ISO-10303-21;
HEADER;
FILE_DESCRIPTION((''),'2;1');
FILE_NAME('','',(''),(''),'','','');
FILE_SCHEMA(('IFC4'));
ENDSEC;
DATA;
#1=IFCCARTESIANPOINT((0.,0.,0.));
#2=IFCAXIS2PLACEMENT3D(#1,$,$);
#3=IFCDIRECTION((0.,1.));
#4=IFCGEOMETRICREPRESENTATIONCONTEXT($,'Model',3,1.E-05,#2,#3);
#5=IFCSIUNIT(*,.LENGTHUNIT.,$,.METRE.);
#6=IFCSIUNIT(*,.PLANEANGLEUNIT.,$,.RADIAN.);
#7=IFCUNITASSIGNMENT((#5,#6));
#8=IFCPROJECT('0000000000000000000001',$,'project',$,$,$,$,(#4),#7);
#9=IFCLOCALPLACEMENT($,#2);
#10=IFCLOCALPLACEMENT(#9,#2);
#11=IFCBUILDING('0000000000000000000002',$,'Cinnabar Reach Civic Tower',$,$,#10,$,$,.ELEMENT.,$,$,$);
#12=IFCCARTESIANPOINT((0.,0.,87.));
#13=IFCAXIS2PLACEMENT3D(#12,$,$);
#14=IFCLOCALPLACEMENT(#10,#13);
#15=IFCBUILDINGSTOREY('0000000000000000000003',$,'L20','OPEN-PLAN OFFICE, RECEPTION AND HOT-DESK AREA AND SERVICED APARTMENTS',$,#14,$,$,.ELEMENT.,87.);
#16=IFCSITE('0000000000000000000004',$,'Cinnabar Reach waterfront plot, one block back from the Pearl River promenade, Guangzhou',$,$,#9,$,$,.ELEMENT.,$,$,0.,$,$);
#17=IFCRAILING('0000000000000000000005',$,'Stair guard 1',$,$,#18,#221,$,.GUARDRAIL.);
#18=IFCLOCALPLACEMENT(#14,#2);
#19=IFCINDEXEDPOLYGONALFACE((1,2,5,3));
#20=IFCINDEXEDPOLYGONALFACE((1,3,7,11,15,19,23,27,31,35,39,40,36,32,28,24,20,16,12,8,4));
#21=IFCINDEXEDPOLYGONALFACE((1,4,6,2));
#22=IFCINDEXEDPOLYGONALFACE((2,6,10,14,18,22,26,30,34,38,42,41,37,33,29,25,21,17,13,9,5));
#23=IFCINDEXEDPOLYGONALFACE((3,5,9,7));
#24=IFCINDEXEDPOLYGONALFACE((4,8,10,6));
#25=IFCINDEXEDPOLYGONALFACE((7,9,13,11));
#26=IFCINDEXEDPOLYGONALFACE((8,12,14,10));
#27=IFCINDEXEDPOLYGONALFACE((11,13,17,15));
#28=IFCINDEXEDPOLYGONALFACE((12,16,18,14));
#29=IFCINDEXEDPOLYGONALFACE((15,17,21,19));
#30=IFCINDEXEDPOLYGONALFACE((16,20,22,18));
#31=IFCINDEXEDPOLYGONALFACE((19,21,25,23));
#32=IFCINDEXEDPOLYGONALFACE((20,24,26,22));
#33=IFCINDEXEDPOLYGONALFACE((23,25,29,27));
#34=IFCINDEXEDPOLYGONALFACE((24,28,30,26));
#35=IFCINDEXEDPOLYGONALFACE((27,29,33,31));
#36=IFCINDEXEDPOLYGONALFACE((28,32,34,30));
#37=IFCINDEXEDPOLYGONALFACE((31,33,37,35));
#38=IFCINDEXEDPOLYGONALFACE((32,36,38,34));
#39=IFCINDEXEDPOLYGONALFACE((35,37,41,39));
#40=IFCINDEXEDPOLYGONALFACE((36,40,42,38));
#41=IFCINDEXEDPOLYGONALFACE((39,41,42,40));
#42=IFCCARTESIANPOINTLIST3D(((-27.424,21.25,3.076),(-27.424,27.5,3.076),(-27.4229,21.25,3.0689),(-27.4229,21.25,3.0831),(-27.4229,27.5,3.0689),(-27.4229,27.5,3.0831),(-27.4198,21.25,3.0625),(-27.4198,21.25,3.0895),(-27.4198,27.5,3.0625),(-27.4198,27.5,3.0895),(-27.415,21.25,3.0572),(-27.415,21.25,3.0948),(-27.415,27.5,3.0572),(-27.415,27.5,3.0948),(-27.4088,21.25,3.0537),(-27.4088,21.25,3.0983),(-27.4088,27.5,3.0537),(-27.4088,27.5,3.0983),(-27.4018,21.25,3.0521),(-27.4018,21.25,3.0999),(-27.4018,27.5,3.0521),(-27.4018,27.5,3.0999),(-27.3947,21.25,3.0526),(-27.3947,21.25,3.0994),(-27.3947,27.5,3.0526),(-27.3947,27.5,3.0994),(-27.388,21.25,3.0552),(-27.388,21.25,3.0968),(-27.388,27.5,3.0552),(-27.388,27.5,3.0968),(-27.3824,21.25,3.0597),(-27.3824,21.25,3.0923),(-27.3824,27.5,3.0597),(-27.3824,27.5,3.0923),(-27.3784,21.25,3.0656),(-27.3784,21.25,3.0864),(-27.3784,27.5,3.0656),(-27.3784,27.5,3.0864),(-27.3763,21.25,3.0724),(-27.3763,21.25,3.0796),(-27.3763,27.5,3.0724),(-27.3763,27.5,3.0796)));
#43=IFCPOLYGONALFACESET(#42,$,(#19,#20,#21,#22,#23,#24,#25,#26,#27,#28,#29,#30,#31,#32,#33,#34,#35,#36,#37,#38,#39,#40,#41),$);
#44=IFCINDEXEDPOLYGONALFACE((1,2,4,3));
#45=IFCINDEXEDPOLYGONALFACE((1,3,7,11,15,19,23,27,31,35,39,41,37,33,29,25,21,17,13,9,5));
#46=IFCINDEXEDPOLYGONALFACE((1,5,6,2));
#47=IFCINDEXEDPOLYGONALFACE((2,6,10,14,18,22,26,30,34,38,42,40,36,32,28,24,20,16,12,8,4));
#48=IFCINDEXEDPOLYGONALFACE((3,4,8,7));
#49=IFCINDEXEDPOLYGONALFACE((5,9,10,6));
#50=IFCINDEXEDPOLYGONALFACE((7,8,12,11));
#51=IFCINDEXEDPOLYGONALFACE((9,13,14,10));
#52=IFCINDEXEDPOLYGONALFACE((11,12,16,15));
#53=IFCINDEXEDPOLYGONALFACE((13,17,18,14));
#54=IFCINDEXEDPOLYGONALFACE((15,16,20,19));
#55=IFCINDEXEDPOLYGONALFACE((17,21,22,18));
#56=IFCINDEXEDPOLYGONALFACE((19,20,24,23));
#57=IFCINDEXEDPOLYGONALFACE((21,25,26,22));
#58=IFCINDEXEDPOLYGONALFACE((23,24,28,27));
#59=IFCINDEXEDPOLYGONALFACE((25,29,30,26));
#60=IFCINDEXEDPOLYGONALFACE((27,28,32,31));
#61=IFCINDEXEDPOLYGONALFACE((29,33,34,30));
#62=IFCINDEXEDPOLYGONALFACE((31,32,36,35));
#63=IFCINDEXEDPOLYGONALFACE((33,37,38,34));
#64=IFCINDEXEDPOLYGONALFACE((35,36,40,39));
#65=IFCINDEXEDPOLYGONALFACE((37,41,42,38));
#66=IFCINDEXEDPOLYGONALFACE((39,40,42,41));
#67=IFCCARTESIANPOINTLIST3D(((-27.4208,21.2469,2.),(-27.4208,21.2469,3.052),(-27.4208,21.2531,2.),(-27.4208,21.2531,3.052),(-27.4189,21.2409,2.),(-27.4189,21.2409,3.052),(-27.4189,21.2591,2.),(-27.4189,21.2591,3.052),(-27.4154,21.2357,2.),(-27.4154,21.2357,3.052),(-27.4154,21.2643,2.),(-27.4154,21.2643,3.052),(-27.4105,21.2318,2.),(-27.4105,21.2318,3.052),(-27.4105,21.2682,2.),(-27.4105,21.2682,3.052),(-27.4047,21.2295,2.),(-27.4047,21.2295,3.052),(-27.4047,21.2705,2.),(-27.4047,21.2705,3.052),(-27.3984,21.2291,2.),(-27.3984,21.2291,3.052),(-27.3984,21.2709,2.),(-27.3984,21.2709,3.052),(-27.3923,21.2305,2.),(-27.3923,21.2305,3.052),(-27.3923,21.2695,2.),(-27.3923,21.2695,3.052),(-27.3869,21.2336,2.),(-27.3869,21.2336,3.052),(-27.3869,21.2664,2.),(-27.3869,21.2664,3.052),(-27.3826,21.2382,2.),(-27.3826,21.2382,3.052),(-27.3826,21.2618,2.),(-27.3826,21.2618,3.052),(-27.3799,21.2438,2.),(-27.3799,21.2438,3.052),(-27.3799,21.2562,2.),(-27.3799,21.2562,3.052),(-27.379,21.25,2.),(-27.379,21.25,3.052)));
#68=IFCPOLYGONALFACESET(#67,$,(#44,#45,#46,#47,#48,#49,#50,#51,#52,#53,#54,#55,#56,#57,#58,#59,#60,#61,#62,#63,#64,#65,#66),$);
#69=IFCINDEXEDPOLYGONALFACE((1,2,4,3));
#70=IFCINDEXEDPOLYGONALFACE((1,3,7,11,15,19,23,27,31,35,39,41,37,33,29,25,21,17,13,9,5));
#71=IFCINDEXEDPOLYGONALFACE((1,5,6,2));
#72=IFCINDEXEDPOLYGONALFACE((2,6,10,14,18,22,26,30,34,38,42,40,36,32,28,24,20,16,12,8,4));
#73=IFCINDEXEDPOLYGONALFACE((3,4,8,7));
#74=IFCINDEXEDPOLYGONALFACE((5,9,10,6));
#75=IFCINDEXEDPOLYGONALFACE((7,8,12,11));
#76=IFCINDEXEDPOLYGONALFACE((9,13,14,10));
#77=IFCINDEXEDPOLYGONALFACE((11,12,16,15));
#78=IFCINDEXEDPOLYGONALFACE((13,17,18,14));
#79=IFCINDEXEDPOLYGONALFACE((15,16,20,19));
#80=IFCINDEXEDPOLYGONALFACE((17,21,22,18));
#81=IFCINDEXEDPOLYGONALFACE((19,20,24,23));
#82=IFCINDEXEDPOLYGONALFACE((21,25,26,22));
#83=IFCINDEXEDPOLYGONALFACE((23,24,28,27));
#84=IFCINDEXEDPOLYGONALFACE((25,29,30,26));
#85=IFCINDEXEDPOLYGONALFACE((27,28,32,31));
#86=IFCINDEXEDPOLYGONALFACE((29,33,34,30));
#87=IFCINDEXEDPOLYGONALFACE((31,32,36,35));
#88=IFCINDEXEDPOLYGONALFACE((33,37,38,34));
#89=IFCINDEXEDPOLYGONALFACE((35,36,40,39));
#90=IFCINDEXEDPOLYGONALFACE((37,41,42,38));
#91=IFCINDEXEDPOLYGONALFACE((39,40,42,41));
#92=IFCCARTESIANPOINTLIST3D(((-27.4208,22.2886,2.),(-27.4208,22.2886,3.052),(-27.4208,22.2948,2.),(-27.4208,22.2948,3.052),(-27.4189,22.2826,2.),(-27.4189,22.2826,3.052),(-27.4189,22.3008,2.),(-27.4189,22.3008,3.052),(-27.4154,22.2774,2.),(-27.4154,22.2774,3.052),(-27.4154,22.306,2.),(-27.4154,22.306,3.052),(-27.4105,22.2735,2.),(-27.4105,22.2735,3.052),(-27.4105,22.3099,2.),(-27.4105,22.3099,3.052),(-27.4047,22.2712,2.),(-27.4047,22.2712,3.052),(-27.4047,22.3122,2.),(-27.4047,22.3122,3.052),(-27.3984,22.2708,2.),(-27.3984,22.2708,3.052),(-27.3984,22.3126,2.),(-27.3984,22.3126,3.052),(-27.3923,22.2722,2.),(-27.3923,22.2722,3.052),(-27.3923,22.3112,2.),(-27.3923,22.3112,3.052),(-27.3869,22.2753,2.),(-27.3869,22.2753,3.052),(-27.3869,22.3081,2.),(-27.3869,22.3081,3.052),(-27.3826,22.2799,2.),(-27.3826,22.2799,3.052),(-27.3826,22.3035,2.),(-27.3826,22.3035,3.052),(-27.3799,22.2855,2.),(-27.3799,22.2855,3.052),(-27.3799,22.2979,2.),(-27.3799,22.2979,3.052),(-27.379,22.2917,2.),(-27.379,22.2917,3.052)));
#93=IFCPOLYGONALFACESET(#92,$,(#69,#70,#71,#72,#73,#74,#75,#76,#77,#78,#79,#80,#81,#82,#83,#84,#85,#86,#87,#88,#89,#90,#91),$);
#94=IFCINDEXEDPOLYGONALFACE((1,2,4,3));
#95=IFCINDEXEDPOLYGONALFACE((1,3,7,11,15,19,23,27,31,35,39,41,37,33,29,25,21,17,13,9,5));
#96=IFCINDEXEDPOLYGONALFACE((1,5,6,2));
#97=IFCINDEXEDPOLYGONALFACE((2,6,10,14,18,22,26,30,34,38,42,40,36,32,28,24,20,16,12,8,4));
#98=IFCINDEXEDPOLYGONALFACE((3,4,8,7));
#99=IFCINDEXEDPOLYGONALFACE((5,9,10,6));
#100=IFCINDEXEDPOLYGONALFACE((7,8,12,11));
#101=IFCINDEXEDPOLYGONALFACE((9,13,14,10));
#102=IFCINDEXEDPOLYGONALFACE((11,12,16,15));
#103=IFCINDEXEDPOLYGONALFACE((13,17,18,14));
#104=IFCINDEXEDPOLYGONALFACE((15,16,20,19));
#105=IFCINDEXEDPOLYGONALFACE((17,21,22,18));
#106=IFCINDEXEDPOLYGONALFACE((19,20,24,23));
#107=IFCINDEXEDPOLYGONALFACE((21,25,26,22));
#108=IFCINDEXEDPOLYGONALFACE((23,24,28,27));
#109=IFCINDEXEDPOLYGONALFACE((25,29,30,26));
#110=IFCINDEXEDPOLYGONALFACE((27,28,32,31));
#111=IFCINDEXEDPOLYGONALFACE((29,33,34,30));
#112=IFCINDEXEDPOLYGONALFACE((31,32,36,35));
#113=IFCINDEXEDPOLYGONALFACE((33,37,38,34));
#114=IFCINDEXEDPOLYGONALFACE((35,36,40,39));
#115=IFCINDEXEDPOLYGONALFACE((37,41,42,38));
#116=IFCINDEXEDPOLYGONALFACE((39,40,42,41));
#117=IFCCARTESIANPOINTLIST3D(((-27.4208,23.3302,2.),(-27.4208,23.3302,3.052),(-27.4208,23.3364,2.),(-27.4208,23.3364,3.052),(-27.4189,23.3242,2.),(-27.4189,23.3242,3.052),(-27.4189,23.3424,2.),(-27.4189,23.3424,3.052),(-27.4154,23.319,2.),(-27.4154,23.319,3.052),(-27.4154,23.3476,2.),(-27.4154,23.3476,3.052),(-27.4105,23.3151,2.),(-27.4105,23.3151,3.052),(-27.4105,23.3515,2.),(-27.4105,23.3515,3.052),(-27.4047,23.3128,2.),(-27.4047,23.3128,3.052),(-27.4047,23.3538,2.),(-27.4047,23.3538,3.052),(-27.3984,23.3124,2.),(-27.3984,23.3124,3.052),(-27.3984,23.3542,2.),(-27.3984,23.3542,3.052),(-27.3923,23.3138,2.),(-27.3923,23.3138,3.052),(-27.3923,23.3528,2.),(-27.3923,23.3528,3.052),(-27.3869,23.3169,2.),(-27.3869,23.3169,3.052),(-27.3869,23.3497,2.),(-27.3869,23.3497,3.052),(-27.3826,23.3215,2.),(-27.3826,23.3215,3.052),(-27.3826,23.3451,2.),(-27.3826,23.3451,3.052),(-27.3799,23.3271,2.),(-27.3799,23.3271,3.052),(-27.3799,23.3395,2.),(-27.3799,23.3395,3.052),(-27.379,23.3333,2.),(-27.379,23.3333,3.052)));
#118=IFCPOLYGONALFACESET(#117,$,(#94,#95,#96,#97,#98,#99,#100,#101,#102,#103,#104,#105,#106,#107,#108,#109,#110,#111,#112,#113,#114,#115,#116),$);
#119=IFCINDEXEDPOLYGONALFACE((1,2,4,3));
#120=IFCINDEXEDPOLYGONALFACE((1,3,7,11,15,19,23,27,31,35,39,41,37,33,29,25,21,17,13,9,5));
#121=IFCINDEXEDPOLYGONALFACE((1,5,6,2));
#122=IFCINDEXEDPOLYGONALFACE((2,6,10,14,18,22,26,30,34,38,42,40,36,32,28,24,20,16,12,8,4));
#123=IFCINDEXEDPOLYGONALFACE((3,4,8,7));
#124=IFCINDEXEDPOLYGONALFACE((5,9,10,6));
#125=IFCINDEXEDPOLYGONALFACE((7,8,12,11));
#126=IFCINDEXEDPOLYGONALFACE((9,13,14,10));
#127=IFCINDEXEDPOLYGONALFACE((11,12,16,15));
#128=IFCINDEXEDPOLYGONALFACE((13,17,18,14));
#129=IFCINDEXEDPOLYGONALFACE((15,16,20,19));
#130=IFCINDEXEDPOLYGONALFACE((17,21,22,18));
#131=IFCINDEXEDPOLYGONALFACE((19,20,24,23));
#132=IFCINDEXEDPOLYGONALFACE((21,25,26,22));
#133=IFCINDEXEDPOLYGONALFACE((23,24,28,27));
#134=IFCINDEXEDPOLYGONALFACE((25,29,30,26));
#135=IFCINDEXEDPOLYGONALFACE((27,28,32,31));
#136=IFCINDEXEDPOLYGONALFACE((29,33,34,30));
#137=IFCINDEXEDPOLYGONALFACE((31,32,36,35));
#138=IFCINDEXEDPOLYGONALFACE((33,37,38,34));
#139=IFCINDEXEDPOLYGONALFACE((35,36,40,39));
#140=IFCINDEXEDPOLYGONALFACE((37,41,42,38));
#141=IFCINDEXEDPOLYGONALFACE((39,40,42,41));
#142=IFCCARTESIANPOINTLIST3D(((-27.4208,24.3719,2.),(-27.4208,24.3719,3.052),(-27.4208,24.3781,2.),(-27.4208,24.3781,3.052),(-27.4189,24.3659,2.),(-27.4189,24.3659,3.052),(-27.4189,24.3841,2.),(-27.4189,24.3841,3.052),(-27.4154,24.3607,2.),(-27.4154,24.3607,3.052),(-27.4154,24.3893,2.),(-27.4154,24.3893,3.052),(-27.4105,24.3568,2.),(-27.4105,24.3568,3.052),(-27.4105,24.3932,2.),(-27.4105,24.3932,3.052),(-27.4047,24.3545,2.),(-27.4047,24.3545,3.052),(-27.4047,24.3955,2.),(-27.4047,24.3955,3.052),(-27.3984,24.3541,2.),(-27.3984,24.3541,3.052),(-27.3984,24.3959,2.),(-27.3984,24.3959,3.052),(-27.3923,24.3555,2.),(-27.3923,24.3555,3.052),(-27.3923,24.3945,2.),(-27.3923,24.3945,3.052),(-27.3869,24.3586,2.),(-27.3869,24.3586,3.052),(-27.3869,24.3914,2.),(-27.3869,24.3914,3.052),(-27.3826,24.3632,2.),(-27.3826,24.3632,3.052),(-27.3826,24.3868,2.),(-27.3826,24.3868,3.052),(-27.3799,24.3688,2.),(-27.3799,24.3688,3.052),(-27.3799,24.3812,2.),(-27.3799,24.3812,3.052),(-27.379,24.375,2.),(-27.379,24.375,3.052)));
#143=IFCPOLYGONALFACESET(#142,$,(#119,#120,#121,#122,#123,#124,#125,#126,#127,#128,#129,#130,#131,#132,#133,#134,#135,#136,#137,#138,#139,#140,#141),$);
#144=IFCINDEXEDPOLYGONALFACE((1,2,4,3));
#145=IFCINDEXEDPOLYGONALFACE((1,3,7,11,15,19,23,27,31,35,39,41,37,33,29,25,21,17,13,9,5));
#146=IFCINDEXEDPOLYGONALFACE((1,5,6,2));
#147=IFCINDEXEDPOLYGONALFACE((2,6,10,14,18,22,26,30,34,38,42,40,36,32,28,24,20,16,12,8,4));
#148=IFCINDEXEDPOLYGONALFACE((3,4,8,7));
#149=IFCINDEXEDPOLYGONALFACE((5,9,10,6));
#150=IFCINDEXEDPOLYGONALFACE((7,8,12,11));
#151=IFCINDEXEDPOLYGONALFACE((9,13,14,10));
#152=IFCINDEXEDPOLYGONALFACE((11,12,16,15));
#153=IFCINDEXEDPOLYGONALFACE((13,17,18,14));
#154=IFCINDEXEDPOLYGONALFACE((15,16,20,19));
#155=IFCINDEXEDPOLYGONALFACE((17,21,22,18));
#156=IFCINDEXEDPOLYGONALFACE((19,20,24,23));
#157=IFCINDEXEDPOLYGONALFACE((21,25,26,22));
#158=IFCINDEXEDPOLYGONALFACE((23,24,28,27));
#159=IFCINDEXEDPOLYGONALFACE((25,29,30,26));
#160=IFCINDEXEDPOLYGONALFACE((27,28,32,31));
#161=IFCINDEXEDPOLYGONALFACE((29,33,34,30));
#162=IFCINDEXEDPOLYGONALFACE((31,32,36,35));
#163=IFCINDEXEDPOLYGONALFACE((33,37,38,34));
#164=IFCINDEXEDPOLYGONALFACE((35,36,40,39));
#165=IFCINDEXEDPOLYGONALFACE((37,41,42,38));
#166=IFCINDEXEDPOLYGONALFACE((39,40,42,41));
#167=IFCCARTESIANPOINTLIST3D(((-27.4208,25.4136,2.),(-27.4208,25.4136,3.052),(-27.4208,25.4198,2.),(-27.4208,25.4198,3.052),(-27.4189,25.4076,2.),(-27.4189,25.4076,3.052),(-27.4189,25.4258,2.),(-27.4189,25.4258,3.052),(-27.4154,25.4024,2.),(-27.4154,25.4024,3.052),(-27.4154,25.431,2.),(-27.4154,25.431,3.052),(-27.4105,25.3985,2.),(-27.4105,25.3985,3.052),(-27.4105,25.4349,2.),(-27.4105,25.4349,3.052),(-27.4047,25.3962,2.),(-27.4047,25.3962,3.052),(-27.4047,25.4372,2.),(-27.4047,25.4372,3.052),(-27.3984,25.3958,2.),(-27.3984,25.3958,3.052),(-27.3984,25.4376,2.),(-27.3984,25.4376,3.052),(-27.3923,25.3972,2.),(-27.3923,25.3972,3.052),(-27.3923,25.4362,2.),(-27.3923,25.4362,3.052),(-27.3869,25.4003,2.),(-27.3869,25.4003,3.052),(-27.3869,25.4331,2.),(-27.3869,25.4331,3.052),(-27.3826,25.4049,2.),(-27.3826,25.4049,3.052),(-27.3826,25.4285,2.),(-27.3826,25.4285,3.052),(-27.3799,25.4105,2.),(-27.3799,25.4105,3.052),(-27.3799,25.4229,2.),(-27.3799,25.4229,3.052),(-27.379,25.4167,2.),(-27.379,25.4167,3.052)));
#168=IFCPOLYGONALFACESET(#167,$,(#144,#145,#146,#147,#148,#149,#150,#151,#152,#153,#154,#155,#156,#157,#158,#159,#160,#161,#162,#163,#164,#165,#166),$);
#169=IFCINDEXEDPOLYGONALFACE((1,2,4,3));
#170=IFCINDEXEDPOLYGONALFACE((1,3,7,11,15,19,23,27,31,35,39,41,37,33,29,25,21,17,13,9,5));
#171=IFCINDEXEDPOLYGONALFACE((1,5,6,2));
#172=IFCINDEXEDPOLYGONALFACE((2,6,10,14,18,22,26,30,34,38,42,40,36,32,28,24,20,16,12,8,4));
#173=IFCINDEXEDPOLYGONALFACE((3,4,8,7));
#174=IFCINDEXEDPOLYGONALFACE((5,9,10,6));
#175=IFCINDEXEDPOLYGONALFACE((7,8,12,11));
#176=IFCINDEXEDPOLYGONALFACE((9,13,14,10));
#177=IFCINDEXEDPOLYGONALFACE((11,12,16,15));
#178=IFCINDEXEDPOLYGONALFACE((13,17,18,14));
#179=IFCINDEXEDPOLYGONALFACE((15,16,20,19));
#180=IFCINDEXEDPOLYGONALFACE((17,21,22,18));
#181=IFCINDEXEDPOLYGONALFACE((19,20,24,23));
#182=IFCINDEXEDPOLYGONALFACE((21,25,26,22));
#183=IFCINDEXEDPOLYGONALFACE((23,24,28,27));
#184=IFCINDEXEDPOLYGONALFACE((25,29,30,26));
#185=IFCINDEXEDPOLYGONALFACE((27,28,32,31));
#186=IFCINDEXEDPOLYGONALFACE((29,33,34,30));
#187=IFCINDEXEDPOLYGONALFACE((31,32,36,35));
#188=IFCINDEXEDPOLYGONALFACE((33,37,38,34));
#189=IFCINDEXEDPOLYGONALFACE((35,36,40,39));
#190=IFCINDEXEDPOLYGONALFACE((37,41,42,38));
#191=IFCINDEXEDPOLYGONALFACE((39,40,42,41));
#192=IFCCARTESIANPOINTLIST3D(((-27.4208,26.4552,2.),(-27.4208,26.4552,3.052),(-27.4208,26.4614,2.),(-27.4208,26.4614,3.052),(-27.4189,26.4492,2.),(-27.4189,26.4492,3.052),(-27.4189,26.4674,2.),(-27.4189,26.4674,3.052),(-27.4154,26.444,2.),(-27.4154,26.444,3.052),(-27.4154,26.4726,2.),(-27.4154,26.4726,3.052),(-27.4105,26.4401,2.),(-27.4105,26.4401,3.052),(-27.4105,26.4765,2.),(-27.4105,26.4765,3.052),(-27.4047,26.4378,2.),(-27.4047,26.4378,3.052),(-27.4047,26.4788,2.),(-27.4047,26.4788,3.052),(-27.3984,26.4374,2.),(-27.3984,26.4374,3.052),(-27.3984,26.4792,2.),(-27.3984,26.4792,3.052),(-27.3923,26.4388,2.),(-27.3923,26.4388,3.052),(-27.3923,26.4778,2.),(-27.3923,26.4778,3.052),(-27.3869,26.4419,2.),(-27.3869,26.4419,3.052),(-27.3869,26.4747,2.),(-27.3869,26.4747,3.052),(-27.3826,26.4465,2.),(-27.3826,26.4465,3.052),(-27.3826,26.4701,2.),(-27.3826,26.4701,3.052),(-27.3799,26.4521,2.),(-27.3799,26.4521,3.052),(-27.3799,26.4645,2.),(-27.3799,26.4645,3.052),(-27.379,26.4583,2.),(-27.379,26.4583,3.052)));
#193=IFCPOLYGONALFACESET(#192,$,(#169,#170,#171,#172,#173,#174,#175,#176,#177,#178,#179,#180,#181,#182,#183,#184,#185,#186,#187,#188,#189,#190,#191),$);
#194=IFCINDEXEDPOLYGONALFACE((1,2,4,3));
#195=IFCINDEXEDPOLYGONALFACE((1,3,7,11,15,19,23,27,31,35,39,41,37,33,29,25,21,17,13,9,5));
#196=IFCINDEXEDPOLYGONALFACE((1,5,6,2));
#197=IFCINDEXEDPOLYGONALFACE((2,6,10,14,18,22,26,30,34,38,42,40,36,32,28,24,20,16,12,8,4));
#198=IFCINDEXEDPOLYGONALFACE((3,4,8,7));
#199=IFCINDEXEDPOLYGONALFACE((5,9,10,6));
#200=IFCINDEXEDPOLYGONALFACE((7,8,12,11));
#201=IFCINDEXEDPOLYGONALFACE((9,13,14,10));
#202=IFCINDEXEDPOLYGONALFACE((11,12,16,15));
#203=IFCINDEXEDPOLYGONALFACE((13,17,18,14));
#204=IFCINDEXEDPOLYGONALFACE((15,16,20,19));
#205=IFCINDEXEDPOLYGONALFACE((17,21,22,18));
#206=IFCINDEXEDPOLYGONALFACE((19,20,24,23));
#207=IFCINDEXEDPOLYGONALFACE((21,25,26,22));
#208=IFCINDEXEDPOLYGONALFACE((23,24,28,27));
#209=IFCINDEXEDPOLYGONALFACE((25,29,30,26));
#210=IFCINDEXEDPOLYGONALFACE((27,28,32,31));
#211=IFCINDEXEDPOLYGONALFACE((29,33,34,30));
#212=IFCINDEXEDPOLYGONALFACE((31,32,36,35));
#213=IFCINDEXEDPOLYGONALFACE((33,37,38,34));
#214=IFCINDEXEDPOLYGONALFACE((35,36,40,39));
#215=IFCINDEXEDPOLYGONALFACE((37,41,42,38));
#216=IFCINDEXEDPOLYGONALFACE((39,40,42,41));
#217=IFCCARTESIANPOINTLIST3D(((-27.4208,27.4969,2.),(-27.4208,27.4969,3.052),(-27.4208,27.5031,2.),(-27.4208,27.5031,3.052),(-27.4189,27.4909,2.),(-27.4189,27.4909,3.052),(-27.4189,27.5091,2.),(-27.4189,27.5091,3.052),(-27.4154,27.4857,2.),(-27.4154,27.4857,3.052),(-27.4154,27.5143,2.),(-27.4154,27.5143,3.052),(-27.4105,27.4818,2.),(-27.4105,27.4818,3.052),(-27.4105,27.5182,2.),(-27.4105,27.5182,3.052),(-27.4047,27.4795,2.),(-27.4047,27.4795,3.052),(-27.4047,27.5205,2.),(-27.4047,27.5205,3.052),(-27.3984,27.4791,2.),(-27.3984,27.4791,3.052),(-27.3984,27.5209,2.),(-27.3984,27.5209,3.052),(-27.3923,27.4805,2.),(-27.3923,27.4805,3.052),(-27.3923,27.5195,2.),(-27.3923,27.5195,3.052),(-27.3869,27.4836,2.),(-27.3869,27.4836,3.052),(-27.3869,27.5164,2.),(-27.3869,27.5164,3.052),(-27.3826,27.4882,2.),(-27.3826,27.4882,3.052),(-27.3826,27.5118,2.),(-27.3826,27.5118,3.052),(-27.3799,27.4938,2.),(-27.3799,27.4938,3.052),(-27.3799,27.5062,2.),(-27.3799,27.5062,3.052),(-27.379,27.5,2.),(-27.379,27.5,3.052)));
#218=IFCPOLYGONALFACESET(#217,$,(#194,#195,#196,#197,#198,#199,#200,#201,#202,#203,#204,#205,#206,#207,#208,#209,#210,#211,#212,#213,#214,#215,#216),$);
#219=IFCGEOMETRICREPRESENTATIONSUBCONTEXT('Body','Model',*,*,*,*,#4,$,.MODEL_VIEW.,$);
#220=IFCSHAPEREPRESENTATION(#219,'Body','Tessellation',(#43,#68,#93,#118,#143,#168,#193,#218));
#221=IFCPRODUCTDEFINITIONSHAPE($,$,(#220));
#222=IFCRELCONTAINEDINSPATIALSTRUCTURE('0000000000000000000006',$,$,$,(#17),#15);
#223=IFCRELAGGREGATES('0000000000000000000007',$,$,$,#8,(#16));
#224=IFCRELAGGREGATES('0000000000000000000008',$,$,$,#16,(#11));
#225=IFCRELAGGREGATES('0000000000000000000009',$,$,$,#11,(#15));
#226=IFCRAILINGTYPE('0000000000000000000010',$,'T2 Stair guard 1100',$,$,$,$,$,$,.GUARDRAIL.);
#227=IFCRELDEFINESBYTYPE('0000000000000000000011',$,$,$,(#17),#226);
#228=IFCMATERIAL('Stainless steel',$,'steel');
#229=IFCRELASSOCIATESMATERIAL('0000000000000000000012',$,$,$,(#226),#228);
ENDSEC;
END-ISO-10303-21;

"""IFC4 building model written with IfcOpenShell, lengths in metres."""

from ifc_helpers import new_model, si_unit, direction, frame, origin, origin_2d, place, context, subcontext, project, spatial, circle, extrude, material, type_object, element, save


model = new_model("IFC4")

# Units and contexts
model_context = context("Model", 3, precision=1e-05, world=origin(), true_north=direction((0.0, 1.0)))
body_context = subcontext(model_context, "Body", "Model", "MODEL_VIEW")
ifc_project = project(units=[si_unit("LENGTHUNIT", "METRE"), si_unit("PLANEANGLEUNIT", "RADIAN")], contexts=[model_context])

# Site, building, storey
site_placement = place(None, origin())
site = spatial("IfcSite", under=ifc_project, at=site_placement, Name="Cinnabar Reach waterfront plot, one block back from the Pearl River promenade, Guangzhou", CompositionType="ELEMENT", RefElevation=0.0)
building_placement = place(site_placement, origin())
building = spatial("IfcBuilding", under=site, at=building_placement, Name="Cinnabar Reach Civic Tower", CompositionType="ELEMENT")
storey_placement = place(building_placement, frame((0.0, 0.0, 87.0)))
storey = spatial("IfcBuildingStorey", under=building, at=storey_placement, Name="L20", Description="OPEN-PLAN OFFICE, RECEPTION AND HOT-DESK AREA AND SERVICED APARTMENTS", CompositionType="ELEMENT", Elevation=87.0)

# Railing
ifc_material_1 = material(Name="Stainless steel", Category="steel")
railing_type = type_object("IfcRailingType", Name="T2 Stair guard 1100", PredefinedType="GUARDRAIL", material=ifc_material_1)
for number, where, name in (
    (1, (-27.4, 21.25, 2.0), "Stair guard 1"),
):
    element("IfcRailing", number, at=place(storey_placement, frame(where)), inside=storey, type_object=railing_type, Name=name, PredefinedType="GUARDRAIL", context=body_context, shape_type="SweptSolid", body=[
        extrude(circle(Radius=0.024, at=origin_2d()), frame((0.0, 0.0, 1.076), z_axis=(0.0, 1.0, 0.0), x_axis=(-1.0, 0.0, 0.0)), (0.0, 0.0, 1.0), 6.25),
        extrude(circle(Radius=0.021, at=origin_2d()), origin(), (0.0, 0.0, 1.0), 1.052),
        extrude(circle(Radius=0.021, at=origin_2d()), frame((0.0, 1.0417, 0.0)), (0.0, 0.0, 1.0), 1.052),
        extrude(circle(Radius=0.021, at=origin_2d()), frame((0.0, 2.0833, 0.0)), (0.0, 0.0, 1.0), 1.052),
        extrude(circle(Radius=0.021, at=origin_2d()), frame((0.0, 3.125, 0.0)), (0.0, 0.0, 1.0), 1.052),
        extrude(circle(Radius=0.021, at=origin_2d()), frame((0.0, 4.1667, 0.0)), (0.0, 0.0, 1.0), 1.052),
        extrude(circle(Radius=0.021, at=origin_2d()), frame((0.0, 5.2083, 0.0)), (0.0, 0.0, 1.0), 1.052),
        extrude(circle(Radius=0.021, at=origin_2d()), frame((0.0, 6.25, 0.0)), (0.0, 0.0, 1.0), 1.052),
    ])

save(model, "model.ifc")
